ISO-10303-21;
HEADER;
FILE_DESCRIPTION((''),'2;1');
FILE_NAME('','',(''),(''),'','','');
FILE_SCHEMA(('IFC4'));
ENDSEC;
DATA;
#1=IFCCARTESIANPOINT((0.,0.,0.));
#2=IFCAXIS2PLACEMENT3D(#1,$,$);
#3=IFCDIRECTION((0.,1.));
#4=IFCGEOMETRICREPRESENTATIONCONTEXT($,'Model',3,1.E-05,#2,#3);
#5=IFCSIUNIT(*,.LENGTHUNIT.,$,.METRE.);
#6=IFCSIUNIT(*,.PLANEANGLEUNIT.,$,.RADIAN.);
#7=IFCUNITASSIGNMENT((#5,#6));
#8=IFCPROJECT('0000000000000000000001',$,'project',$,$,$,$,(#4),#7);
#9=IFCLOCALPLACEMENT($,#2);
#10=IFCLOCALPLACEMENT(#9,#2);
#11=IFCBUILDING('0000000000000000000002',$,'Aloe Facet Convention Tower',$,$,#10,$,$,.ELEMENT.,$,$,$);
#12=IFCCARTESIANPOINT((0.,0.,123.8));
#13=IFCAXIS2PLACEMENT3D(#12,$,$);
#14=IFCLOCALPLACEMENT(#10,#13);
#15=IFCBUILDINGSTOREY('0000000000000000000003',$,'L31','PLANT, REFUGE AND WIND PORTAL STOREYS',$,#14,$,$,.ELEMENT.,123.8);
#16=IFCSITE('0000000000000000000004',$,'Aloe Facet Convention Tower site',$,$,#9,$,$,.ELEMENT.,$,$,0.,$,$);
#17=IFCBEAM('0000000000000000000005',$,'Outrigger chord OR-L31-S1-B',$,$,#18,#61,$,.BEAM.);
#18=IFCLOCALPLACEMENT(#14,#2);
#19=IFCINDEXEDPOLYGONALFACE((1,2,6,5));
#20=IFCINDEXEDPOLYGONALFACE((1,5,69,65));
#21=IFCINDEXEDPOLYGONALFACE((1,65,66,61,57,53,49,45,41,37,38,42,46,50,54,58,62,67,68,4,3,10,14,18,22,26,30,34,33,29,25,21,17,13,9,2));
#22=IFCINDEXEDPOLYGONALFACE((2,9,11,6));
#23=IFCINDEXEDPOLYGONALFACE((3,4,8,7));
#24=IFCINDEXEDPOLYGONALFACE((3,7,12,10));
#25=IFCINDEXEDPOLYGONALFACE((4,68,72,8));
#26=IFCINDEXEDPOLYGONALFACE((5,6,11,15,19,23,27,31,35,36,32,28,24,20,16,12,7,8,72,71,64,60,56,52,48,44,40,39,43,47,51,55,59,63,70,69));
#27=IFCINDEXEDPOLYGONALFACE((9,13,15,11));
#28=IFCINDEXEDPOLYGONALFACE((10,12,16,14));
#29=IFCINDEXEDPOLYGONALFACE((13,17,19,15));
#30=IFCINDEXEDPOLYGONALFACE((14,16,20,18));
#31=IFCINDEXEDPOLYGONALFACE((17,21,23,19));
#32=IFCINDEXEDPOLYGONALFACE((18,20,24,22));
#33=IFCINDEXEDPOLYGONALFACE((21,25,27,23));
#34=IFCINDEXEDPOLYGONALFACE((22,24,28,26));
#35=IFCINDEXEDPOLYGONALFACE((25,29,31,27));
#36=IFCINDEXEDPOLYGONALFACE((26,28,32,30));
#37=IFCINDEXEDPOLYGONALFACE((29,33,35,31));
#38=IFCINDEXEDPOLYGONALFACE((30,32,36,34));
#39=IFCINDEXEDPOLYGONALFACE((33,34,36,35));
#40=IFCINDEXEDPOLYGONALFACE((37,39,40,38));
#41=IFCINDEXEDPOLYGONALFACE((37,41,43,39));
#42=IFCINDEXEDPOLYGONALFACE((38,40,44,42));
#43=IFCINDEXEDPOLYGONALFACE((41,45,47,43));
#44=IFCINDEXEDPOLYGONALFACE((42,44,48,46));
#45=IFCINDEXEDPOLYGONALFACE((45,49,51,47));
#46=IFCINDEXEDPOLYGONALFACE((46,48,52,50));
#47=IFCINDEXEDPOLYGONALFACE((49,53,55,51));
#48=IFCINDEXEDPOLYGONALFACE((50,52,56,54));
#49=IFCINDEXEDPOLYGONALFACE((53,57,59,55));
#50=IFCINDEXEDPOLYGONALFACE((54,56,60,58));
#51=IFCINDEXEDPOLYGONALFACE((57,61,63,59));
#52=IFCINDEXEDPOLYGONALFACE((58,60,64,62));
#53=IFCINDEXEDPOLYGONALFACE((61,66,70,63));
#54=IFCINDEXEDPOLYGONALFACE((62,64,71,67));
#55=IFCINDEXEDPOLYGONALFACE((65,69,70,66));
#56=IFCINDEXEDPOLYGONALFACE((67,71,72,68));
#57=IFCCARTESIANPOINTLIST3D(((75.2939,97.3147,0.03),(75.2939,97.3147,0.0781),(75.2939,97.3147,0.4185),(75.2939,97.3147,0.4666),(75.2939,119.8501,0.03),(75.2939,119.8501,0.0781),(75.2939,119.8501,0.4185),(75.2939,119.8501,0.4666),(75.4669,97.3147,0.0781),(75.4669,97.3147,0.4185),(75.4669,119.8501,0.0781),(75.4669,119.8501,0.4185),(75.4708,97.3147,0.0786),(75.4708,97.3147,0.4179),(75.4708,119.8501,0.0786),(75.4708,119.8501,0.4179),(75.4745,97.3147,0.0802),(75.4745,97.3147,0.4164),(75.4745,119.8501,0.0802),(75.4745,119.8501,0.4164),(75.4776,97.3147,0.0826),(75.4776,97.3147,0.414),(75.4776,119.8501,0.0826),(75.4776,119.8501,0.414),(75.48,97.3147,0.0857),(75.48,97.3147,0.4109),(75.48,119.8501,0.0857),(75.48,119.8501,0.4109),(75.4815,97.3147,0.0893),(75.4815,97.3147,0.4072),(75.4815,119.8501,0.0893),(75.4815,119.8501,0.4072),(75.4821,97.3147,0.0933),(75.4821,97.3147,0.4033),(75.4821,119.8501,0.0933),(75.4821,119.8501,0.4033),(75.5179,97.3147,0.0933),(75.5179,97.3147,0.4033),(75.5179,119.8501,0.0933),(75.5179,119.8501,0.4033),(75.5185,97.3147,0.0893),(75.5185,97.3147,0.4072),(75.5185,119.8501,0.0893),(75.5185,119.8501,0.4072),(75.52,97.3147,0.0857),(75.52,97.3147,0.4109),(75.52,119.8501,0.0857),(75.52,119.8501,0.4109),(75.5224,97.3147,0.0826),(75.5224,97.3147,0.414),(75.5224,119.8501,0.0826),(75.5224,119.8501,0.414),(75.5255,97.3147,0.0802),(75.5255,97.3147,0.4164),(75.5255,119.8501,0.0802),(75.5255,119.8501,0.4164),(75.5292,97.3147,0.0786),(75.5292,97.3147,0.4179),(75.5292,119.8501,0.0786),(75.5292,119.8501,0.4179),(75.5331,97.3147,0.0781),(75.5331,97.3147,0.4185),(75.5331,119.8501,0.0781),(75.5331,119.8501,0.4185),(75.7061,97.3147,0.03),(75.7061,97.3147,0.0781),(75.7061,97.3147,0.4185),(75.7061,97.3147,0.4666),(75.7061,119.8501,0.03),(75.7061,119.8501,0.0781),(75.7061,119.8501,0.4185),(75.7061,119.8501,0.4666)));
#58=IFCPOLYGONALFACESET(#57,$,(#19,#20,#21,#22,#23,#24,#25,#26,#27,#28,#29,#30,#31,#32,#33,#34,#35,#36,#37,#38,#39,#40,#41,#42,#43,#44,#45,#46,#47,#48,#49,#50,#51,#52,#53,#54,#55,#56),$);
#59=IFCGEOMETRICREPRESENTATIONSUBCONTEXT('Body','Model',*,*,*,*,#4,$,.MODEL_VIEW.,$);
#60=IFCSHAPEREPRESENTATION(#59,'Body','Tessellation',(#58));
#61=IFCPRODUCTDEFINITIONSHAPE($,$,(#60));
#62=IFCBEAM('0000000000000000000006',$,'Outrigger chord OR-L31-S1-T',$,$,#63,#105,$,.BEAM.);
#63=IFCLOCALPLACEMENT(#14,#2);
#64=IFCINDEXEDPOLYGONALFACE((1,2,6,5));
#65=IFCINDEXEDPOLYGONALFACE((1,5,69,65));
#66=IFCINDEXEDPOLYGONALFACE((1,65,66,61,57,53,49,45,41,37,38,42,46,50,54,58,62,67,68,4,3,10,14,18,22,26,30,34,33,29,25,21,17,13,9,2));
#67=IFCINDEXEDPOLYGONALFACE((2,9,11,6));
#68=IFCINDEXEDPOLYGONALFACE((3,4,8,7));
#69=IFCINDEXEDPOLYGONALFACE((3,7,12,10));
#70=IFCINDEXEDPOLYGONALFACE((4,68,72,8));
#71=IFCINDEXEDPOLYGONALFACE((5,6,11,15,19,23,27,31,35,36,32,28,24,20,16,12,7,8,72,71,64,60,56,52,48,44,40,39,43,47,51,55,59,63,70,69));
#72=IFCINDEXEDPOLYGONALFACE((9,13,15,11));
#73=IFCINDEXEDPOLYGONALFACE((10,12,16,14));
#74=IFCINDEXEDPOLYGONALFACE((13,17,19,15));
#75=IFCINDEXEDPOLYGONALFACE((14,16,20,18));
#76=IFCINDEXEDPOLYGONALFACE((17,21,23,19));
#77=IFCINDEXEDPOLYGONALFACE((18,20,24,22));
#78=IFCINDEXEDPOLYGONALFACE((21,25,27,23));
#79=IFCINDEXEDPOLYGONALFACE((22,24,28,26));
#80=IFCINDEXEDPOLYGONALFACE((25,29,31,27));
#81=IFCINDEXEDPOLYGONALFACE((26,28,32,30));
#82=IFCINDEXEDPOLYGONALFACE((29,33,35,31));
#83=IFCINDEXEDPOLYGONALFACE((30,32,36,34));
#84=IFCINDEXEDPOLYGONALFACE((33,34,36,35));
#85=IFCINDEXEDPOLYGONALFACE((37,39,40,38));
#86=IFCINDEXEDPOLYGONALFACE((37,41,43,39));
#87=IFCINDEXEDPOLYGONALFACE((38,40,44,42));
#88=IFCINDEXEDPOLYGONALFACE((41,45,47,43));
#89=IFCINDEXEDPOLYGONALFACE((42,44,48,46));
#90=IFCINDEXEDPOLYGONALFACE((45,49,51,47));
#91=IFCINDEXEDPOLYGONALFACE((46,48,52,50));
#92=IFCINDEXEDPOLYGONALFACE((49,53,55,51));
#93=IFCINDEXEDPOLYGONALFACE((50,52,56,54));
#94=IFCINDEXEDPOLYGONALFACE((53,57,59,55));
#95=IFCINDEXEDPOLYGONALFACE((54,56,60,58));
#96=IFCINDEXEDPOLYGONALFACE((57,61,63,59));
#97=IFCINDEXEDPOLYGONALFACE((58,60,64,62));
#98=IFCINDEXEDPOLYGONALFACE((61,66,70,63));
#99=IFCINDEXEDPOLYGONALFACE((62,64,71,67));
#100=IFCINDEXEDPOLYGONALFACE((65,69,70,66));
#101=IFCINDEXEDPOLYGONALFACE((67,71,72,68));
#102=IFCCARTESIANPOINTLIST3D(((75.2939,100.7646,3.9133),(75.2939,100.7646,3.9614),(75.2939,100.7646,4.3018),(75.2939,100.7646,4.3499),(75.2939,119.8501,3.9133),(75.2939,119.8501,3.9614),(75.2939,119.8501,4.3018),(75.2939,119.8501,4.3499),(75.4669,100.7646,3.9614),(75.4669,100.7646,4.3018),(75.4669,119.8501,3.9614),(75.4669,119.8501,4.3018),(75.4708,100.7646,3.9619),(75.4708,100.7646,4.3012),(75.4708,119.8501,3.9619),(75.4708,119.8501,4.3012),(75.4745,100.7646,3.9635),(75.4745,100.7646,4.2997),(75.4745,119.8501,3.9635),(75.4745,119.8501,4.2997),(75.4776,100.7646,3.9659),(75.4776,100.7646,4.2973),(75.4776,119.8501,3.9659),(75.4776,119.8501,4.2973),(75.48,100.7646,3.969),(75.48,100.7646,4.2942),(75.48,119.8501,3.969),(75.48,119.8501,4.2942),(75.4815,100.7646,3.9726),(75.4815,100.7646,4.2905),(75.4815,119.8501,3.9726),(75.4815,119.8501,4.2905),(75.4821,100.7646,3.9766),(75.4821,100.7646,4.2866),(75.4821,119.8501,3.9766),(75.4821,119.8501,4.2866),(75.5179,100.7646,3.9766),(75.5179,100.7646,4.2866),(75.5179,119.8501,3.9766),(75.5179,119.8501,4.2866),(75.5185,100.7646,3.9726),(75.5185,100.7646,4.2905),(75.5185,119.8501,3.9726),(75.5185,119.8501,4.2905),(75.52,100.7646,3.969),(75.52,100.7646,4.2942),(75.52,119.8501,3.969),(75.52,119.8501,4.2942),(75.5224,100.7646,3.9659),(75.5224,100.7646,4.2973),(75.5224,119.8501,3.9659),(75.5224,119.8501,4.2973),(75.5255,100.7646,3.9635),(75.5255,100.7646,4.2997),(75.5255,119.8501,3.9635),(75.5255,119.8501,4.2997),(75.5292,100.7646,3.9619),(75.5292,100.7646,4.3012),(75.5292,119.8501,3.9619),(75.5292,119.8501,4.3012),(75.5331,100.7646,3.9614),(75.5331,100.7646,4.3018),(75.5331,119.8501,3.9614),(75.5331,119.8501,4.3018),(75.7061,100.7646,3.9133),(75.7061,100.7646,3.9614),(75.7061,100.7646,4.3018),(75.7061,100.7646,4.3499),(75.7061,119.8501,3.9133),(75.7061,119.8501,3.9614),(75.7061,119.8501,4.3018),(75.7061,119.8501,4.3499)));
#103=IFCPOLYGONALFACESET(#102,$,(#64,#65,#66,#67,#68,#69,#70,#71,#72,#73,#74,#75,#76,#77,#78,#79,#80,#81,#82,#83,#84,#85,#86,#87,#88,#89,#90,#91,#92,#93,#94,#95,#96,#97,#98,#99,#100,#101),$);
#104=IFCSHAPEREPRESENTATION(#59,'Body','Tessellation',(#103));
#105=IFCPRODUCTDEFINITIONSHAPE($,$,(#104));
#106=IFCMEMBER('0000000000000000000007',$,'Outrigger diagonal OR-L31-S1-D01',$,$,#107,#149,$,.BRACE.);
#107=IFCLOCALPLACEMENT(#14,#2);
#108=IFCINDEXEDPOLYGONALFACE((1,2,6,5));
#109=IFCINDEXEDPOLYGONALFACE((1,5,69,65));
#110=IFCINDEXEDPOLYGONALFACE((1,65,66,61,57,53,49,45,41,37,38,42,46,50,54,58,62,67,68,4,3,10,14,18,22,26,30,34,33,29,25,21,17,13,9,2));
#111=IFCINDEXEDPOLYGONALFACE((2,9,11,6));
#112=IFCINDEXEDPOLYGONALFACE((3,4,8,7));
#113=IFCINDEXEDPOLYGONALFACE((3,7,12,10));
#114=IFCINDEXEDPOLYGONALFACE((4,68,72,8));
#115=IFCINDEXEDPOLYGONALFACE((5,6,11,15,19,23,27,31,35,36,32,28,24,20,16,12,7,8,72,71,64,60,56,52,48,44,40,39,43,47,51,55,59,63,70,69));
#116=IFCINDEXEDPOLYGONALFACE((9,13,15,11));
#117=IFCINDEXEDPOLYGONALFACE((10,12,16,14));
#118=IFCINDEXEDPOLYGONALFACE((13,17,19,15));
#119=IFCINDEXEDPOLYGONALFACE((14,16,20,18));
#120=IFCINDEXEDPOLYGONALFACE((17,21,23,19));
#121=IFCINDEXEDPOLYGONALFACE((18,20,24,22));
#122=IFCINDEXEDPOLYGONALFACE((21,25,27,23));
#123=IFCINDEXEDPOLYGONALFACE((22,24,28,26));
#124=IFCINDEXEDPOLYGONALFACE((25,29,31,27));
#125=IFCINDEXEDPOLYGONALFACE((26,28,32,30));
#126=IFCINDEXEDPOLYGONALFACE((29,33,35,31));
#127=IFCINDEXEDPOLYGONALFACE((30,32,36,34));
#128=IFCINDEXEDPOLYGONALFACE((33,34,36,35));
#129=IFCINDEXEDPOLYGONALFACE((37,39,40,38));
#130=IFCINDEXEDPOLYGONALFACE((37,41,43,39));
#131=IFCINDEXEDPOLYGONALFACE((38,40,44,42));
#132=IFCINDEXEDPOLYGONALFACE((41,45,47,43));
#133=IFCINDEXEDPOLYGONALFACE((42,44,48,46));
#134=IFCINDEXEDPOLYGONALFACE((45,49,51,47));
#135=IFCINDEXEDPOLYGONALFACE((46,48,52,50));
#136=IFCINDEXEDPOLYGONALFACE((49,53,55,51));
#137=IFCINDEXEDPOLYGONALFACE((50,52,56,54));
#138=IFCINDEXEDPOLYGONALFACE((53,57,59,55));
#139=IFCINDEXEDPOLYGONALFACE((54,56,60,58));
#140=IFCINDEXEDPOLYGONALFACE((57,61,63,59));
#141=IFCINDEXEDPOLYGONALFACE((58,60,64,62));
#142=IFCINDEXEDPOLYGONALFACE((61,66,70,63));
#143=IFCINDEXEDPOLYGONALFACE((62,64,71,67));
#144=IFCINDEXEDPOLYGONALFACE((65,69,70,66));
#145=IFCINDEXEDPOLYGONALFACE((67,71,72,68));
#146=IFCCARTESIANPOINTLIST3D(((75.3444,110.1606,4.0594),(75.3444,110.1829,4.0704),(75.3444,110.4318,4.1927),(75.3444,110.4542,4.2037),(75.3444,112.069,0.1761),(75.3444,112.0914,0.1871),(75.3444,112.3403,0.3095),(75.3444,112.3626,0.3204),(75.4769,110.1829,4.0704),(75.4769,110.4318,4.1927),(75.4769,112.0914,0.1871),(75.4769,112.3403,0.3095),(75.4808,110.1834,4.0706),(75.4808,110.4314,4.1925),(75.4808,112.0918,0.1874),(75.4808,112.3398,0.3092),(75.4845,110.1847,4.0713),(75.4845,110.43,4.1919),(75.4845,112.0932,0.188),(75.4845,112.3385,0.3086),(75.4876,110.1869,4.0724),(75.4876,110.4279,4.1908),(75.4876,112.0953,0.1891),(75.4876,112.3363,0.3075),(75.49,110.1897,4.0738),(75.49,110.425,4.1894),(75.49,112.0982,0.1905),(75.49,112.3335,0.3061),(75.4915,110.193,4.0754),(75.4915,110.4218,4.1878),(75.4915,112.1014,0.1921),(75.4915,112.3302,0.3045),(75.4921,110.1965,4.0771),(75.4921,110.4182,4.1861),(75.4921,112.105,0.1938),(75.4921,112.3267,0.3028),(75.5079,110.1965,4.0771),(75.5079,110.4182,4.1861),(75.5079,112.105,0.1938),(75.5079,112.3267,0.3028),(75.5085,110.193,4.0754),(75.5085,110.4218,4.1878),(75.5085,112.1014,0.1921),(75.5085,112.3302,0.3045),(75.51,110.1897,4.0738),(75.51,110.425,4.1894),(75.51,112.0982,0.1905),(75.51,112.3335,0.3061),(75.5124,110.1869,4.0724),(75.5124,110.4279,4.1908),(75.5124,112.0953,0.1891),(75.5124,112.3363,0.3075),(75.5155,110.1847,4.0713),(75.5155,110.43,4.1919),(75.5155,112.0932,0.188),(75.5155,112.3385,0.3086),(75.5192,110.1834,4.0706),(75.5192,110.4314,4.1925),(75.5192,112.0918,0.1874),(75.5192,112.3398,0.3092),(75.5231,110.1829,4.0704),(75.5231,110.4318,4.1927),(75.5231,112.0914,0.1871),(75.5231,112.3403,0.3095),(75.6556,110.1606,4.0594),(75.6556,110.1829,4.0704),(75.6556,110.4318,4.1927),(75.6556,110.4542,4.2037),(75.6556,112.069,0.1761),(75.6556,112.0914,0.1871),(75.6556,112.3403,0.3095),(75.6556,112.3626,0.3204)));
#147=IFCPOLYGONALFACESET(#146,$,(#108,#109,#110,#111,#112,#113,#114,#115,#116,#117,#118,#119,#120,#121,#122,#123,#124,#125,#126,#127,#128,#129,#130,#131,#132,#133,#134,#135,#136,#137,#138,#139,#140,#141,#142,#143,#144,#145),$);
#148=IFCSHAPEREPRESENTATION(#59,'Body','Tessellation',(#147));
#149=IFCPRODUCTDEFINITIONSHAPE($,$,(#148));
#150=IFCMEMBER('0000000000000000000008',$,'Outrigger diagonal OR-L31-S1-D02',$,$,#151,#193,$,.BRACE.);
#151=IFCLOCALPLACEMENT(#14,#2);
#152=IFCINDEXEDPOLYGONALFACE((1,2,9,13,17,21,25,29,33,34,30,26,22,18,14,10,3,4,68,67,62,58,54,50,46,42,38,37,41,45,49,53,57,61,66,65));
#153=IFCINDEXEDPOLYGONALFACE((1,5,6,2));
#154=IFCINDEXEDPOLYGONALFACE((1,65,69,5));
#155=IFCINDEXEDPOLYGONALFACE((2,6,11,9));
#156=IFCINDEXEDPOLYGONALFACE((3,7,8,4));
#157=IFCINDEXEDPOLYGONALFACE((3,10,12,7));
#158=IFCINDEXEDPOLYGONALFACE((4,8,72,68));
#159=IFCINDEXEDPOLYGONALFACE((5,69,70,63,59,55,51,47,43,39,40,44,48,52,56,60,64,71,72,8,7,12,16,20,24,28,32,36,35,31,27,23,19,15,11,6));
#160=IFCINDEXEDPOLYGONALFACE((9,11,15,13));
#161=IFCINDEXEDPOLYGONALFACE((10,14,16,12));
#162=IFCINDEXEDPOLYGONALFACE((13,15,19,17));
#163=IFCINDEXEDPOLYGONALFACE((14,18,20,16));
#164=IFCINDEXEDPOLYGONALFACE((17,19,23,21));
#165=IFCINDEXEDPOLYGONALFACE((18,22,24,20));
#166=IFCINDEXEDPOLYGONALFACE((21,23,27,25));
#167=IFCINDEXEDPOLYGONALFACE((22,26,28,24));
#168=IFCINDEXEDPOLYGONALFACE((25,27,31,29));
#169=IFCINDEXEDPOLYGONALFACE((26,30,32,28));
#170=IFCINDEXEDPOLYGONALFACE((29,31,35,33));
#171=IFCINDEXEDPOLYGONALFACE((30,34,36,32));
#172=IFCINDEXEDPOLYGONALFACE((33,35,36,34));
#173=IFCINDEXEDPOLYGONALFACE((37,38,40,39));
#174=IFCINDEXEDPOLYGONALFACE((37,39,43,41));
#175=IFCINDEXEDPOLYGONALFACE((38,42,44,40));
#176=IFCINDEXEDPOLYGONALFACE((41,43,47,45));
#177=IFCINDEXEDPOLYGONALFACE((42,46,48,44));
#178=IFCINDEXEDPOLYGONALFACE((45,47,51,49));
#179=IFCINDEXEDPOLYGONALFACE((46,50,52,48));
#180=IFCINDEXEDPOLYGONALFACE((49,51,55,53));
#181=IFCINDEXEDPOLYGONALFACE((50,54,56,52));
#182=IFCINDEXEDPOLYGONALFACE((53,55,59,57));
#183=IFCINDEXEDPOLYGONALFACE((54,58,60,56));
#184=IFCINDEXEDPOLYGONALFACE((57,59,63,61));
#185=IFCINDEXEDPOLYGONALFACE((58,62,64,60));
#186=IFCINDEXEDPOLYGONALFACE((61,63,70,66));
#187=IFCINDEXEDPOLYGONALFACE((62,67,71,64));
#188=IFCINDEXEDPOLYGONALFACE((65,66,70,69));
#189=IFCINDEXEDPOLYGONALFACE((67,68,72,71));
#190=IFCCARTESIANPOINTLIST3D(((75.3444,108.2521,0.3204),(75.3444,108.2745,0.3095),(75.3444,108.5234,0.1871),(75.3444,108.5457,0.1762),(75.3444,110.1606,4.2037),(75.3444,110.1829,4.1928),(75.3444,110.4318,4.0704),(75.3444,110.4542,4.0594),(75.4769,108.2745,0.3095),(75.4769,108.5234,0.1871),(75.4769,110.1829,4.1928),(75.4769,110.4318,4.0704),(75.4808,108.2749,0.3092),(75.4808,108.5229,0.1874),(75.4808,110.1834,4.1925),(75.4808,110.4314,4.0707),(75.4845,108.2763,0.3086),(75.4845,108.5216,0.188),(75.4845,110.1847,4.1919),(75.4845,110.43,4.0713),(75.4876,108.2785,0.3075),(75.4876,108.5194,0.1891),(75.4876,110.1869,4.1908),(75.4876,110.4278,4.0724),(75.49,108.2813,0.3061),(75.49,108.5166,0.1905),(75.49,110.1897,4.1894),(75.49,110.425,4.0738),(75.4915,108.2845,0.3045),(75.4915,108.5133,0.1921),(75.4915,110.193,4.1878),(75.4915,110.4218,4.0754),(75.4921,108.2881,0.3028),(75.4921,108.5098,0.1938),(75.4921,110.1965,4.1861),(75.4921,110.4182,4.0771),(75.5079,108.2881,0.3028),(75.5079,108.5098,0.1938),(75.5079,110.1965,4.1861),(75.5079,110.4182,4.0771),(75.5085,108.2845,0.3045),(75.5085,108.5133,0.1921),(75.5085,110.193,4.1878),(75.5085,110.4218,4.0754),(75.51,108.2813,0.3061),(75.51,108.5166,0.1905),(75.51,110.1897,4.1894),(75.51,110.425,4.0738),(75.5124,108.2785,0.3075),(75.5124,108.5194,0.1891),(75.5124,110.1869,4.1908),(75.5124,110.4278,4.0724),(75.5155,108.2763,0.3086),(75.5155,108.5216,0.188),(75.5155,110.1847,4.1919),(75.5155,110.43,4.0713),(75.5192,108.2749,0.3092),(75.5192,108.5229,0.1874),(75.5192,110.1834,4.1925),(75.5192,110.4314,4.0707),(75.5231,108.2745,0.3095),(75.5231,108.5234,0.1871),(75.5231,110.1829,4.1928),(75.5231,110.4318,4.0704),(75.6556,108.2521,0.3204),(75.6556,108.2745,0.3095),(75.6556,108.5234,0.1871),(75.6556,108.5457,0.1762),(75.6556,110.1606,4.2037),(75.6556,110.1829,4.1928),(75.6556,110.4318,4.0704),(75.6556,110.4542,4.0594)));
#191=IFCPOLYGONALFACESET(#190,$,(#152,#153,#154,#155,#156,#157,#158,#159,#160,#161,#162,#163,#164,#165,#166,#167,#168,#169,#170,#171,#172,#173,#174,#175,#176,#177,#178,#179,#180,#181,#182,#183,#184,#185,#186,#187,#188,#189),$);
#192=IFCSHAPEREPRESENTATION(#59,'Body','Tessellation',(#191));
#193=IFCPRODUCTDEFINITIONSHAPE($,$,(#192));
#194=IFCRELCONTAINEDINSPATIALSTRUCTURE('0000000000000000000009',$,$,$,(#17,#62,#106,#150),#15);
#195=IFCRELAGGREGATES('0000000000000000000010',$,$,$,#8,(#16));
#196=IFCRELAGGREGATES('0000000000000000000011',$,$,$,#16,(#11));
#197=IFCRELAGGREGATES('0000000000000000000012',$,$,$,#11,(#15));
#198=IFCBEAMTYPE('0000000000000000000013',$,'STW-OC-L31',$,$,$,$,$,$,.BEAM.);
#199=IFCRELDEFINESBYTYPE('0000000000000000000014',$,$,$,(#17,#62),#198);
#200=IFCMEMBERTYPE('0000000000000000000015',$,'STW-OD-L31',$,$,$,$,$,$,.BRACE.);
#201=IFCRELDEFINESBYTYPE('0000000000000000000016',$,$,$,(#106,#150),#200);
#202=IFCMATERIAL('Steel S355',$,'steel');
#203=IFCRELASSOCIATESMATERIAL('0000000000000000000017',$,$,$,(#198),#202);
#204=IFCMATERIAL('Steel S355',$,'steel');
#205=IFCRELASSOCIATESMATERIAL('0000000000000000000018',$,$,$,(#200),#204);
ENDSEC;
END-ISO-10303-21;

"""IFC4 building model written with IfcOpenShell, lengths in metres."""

from ifc_helpers import new_model, si_unit, direction, frame, origin, origin_2d, place, context, subcontext, project, spatial, i_section, extrude, material, material_profile, profile_set, type_object, element, save


model = new_model("IFC4")

# Units and contexts
model_context = context("Model", 3, precision=1e-05, world=origin(), true_north=direction((0.0, 1.0)))
body_context = subcontext(model_context, "Body", "Model", "MODEL_VIEW")
ifc_project = project(units=[si_unit("LENGTHUNIT", "METRE"), si_unit("PLANEANGLEUNIT", "RADIAN")], contexts=[model_context])

# Site, building, storey
site_placement = place(None, origin())
site = spatial("IfcSite", under=ifc_project, at=site_placement, Name="Aloe Facet Convention Tower site", CompositionType="ELEMENT", RefElevation=0.0)
building_placement = place(site_placement, origin())
building = spatial("IfcBuilding", under=site, at=building_placement, Name="Aloe Facet Convention Tower", CompositionType="ELEMENT")
storey_placement = place(building_placement, frame((0.0, 0.0, 123.8)))
storey = spatial("IfcBuildingStorey", under=building, at=storey_placement, Name="L31", Description="PLANT, REFUGE AND WIND PORTAL STOREYS", CompositionType="ELEMENT", Elevation=123.8)

# Beams
ifc_material_1 = material(Name="Steel S355", Category="steel")
ifc_material_profile_1 = material_profile(ifc_material_1, i_section(OverallWidth=0.4121, OverallDepth=0.4365, WebThickness=0.0359, FlangeThickness=0.0481, FilletRadius=0.0151, at=origin_2d()), Name="UC 356x406x467")
ifc_profile_set_1 = profile_set([ifc_material_profile_1], Name="Steel S355")
beam_type_1 = type_object("IfcBeamType", Name="STW-OC-L31", PredefinedType="BEAM", material=ifc_profile_set_1)
beam_1_placement = place(storey_placement, frame((75.5, 119.8501, 0.2483), z_axis=(0.0, -1.0, 0.0), x_axis=(1.0, 0.0, 0.0)))
element("IfcBeam", 1, at=beam_1_placement, inside=storey, type_object=beam_type_1, Name="Outrigger chord OR-L31-S1-B", PredefinedType="BEAM", context=body_context, shape_type="SweptSolid", body=[
    extrude(i_section(OverallWidth=0.4121, OverallDepth=0.4365, WebThickness=0.0359, FlangeThickness=0.0481, FilletRadius=0.0151, at=origin_2d()), origin(), (0.0, 0.0, 1.0), 22.5354),
])
beam_2_placement = place(storey_placement, frame((75.5, 119.8501, 4.1316), z_axis=(0.0, -1.0, 0.0), x_axis=(1.0, 0.0, 0.0)))
element("IfcBeam", 2, at=beam_2_placement, inside=storey, type_object=beam_type_1, Name="Outrigger chord OR-L31-S1-T", PredefinedType="BEAM", context=body_context, shape_type="SweptSolid", body=[
    extrude(i_section(OverallWidth=0.4121, OverallDepth=0.4365, WebThickness=0.0359, FlangeThickness=0.0481, FilletRadius=0.0151, at=origin_2d()), origin(), (0.0, 0.0, 1.0), 19.0854),
])

# Members
ifc_material_2 = material(Name="Steel S355", Category="steel")
ifc_material_profile_2 = material_profile(ifc_material_2, i_section(OverallWidth=0.3113, OverallDepth=0.3271, WebThickness=0.0159, FlangeThickness=0.0249, FilletRadius=0.0151, at=origin_2d()), Name="UC 305x305x158")
ifc_profile_set_2 = profile_set([ifc_material_profile_2], Name="Steel S355")
member_type = type_object("IfcMemberType", Name="STW-OD-L31", PredefinedType="BRACE", material=ifc_profile_set_2)
for number, where, z_axis, x_axis, name in (
    (3, (75.5, 112.2158, 0.2483), (0.0, -0.441064, 0.897476), (1.0, 0.0, 0.0), "Outrigger diagonal OR-L31-S1-D01"),
    (4, (75.5, 110.3074, 4.1316), (0.0, -0.441064, -0.897476), (1.0, 0.0, 0.0), "Outrigger diagonal OR-L31-S1-D02"),
):
    element("IfcMember", number, at=place(storey_placement, frame(where, z_axis=z_axis, x_axis=x_axis)), inside=storey, type_object=member_type, Name=name, PredefinedType="BRACE", context=body_context, shape_type="SweptSolid", body=[
        extrude(i_section(OverallWidth=0.3113, OverallDepth=0.3271, WebThickness=0.0159, FlangeThickness=0.0249, FilletRadius=0.0151, at=origin_2d()), origin(), (0.0, 0.0, 1.0), 4.3269),
    ])

save(model, "model.ifc")
